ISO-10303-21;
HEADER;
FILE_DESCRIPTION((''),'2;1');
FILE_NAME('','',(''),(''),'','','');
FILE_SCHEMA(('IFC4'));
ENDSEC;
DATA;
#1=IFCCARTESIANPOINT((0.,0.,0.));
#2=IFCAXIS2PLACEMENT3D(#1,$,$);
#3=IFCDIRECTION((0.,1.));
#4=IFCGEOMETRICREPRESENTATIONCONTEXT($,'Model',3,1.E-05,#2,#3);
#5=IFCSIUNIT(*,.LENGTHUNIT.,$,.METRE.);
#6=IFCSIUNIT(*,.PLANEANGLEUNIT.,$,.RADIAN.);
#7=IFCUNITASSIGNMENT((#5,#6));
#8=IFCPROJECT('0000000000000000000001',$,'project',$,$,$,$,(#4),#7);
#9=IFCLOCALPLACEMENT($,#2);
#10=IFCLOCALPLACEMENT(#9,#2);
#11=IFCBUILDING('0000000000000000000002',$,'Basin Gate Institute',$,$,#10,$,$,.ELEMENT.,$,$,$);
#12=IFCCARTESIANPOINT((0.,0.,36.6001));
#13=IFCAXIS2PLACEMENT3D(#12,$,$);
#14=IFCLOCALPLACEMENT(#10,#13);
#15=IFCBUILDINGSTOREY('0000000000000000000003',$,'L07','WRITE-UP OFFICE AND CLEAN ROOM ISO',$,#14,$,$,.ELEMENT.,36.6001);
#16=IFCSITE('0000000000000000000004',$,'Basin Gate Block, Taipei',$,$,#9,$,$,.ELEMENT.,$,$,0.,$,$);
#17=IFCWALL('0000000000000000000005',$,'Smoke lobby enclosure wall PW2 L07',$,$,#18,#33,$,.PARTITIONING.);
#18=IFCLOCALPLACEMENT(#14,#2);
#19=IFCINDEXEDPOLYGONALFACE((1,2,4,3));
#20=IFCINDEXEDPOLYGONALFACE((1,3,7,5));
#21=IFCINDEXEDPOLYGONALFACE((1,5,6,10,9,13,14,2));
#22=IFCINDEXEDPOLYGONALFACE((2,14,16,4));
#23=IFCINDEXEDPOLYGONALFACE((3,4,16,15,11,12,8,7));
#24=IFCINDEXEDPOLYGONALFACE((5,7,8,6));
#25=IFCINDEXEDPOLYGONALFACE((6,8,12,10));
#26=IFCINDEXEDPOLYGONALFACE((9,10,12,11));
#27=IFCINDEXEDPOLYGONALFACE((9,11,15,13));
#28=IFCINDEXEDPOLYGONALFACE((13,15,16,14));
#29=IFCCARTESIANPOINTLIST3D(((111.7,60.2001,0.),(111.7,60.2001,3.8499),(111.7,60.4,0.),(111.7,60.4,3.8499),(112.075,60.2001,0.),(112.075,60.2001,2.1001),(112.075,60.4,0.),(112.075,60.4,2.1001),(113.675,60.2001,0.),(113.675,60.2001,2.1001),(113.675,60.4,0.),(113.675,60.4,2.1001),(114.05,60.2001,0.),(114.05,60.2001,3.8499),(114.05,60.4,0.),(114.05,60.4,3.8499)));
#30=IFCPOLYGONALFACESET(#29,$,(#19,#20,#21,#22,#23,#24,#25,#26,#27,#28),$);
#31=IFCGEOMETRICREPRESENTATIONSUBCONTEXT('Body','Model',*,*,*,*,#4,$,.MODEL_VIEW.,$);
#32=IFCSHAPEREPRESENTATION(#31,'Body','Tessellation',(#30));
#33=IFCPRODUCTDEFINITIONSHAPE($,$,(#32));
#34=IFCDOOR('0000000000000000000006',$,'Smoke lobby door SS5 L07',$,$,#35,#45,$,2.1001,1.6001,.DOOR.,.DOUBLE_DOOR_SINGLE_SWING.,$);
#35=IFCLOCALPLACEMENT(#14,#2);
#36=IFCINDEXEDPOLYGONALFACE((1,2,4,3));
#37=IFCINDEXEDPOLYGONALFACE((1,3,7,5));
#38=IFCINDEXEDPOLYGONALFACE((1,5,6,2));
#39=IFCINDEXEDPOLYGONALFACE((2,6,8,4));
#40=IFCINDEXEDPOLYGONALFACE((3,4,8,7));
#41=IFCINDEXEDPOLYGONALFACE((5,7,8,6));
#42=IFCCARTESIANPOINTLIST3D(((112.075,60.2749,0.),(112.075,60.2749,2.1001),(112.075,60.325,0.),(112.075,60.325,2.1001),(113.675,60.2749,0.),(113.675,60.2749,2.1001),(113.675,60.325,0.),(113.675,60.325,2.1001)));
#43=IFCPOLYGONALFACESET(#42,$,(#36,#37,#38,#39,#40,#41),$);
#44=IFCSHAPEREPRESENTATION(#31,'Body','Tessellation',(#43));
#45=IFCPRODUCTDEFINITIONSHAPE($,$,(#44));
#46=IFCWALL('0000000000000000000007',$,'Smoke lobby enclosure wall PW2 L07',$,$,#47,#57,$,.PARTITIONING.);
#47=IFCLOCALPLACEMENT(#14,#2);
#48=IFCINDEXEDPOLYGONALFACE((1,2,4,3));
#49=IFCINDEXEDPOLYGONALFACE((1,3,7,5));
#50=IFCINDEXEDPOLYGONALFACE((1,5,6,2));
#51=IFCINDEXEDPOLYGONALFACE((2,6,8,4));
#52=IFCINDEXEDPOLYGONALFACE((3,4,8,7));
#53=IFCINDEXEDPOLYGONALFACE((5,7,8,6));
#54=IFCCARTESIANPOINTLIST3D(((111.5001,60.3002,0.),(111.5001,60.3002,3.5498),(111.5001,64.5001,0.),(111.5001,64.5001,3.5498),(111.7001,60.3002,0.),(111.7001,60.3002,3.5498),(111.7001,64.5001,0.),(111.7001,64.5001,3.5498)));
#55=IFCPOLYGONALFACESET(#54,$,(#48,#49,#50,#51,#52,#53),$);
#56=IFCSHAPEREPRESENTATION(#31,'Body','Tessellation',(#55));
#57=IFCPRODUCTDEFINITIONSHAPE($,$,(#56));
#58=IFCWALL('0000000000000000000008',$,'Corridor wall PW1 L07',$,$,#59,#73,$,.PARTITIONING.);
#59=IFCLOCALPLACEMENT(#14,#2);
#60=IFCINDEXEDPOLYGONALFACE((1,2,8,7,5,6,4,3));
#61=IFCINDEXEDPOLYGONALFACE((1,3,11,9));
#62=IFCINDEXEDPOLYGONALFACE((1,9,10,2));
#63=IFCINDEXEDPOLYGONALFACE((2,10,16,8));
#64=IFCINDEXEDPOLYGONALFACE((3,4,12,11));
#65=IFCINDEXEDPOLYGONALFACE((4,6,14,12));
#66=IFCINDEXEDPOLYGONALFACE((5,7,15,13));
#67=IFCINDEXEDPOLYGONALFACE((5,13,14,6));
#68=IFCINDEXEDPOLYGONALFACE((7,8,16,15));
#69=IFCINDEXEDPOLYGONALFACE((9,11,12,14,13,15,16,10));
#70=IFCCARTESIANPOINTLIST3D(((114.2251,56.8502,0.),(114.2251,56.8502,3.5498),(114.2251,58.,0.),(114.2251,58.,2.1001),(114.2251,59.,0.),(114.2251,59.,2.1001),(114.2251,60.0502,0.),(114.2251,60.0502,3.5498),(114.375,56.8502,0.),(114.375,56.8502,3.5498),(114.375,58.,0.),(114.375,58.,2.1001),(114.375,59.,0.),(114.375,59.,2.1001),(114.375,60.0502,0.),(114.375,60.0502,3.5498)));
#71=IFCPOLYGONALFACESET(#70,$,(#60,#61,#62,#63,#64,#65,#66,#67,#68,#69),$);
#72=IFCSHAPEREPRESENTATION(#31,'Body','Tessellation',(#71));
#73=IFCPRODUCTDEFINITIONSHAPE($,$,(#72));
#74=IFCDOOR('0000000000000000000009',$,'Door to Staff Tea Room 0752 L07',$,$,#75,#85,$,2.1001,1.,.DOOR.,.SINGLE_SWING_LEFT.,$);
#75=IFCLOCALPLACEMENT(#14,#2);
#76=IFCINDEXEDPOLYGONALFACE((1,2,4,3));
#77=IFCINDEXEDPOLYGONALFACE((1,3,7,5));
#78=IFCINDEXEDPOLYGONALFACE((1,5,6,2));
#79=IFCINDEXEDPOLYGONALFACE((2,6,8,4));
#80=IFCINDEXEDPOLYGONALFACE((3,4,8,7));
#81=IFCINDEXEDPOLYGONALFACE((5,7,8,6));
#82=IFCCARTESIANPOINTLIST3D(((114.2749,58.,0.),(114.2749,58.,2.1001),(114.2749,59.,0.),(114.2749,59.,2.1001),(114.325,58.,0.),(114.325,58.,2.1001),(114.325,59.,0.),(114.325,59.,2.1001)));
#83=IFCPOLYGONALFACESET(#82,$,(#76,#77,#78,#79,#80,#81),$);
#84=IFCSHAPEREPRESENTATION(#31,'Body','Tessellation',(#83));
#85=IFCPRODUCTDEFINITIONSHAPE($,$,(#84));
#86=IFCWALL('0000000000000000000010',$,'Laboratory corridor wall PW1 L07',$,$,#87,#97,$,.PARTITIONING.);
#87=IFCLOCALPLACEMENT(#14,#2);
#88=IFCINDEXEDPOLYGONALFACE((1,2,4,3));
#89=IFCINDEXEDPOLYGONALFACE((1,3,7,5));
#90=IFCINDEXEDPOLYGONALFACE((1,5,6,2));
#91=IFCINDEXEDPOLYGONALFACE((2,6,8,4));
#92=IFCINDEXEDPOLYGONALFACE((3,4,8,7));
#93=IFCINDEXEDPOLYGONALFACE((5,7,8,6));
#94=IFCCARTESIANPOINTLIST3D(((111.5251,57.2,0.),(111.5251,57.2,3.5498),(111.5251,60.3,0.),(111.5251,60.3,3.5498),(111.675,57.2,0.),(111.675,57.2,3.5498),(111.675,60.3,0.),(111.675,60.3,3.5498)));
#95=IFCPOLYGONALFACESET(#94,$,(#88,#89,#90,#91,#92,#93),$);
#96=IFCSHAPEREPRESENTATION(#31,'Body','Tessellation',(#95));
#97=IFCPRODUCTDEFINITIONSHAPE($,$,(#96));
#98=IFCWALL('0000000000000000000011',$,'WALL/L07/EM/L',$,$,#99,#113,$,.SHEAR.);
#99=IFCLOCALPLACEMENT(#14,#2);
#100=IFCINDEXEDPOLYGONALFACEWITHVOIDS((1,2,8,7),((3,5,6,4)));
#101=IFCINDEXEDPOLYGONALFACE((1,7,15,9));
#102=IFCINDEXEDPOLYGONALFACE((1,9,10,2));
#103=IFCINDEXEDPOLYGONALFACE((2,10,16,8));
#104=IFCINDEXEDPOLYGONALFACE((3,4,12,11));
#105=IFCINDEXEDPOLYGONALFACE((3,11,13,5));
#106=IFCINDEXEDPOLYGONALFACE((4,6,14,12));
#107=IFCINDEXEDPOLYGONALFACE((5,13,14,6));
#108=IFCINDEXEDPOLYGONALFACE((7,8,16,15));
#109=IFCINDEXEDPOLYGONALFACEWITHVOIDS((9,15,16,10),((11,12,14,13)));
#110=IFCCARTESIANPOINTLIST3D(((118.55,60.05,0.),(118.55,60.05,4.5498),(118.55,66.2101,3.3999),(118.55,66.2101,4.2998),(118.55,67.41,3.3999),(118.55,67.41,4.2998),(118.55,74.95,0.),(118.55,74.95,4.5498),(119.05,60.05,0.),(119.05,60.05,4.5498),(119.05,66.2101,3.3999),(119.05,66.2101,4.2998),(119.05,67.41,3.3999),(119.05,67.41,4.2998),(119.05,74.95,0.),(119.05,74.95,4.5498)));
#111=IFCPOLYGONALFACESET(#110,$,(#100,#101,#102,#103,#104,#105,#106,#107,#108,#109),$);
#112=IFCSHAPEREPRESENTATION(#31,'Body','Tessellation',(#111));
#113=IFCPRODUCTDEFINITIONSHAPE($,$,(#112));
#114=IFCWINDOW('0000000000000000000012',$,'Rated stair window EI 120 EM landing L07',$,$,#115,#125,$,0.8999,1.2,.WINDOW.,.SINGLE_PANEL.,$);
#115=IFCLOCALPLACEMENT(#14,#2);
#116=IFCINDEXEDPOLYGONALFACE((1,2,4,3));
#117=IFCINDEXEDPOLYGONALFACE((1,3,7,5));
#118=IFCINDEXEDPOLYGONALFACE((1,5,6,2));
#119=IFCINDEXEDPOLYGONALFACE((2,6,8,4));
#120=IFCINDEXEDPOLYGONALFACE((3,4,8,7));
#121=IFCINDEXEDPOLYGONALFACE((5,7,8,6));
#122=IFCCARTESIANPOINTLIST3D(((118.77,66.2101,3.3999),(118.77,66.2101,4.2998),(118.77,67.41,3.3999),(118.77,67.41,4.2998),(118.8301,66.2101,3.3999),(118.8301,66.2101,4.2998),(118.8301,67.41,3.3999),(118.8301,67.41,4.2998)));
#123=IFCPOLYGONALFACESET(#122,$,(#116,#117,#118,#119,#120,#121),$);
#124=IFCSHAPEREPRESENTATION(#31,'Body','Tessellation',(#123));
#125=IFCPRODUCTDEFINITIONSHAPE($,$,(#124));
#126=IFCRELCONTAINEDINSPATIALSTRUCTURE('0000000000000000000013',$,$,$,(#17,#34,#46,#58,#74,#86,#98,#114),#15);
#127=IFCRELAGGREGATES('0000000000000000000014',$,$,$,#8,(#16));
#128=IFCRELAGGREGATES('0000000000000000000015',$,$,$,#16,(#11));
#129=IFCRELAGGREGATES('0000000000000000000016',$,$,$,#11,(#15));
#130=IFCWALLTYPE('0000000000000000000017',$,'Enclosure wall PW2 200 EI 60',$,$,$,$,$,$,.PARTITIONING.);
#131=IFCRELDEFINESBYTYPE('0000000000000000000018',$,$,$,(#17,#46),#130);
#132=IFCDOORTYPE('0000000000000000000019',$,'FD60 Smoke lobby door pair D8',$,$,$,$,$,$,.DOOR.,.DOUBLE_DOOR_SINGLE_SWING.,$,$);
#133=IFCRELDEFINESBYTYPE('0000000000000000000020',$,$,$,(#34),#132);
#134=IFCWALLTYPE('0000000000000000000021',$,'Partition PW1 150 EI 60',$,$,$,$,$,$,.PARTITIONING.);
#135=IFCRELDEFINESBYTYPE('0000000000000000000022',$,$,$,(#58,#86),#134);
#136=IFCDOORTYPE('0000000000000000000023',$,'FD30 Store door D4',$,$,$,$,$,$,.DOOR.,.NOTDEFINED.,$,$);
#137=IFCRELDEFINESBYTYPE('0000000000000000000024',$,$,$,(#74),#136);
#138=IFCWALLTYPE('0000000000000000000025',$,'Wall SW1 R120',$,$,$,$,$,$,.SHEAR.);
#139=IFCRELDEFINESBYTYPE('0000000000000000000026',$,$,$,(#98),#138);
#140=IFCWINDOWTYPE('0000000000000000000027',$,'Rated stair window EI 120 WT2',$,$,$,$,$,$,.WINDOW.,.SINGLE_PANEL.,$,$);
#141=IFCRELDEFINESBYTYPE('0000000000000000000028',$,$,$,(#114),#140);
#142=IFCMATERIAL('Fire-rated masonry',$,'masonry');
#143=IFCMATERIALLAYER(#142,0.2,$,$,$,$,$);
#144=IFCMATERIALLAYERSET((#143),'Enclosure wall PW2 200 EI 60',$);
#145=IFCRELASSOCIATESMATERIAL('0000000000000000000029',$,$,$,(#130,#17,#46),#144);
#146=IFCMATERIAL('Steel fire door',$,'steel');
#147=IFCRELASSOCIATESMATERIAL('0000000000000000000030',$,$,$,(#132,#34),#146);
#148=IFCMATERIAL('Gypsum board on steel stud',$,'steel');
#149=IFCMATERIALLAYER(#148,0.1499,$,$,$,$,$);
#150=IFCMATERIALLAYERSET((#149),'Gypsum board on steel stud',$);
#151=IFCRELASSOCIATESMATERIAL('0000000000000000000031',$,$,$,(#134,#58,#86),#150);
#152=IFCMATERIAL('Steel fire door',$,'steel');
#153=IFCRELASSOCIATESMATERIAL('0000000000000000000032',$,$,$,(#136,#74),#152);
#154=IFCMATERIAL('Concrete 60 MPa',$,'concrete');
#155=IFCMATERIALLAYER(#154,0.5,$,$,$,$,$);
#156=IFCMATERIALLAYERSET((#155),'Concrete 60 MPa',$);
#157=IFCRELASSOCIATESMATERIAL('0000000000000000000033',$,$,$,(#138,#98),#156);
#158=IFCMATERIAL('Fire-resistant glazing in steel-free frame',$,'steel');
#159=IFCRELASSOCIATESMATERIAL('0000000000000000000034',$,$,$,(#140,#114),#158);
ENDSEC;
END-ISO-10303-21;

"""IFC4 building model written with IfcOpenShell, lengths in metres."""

from ifc_helpers import new_model, si_unit, direction, frame, frame_2d, origin, place, context, subcontext, project, spatial, rectangle, extrude, material, layer, layer_set, type_object, element, fill, save


model = new_model("IFC4")

# Units and contexts
model_context = context("Model", 3, precision=1e-05, world=origin(), true_north=direction((0.0, 1.0)))
body_context = subcontext(model_context, "Body", "Model", "MODEL_VIEW")
ifc_project = project(units=[si_unit("LENGTHUNIT", "METRE"), si_unit("PLANEANGLEUNIT", "RADIAN")], contexts=[model_context])

# Site, building, storey
site_placement = place(None, origin())
site = spatial("IfcSite", under=ifc_project, at=site_placement, Name="Basin Gate Block, Taipei", CompositionType="ELEMENT", RefElevation=0.0)
building_placement = place(site_placement, origin())
building = spatial("IfcBuilding", under=site, at=building_placement, Name="Basin Gate Institute", CompositionType="ELEMENT")
storey_placement = place(building_placement, frame((0.0, 0.0, 36.6001)))
storey = spatial("IfcBuildingStorey", under=building, at=storey_placement, Name="L07", Description="WRITE-UP OFFICE AND CLEAN ROOM ISO", CompositionType="ELEMENT", Elevation=36.6001)

# Wall, opening, door
ifc_material_1 = material(Name="Fire-rated masonry", Category="masonry")
ifc_layer_1 = layer(ifc_material_1, 0.2)
ifc_layer_set_1 = layer_set([ifc_layer_1], Name="Enclosure wall PW2 200 EI 60")
wall_type_1 = type_object("IfcWallType", Name="Enclosure wall PW2 200 EI 60", PredefinedType="PARTITIONING", material=ifc_layer_set_1)
wall_1_placement = place(storey_placement, frame((114.05, 60.3, 0.0), z_axis=(0.0, 0.0, 1.0), x_axis=(-1.0, 0.0, 0.0)))
wall_1 = element("IfcWall", 1, at=wall_1_placement, inside=storey, type_object=wall_type_1, material=ifc_layer_set_1, Name="Smoke lobby enclosure wall PW2 L07", PredefinedType="PARTITIONING", context=body_context, shape_type="SweptSolid", body=[
    extrude(rectangle(XDim=2.3501, YDim=0.2, at=frame_2d((1.175, 0.0))), origin(), (0.0, 0.0, 1.0), 3.8499),
])
opening_1_placement = place(wall_1_placement, frame((0.375, 0.0, 0.0)))
opening_1 = element("IfcOpeningElement", 2, at=opening_1_placement, cuts=wall_1, PredefinedType="OPENING", context=body_context, shape_type="SweptSolid", body=[
    extrude(rectangle(XDim=1.6001, YDim=2.1001, at=frame_2d((0.8, 1.05))), frame((0.0, 0.1099, 0.0), z_axis=(0.0, -1.0, 0.0), x_axis=(1.0, 0.0, 0.0)), (0.0, 0.0, 1.0), 0.22),
])
ifc_material_2 = material(Name="Steel fire door", Category="steel")
door_type_1 = type_object("IfcDoorType", Name="FD60 Smoke lobby door pair D8", OperationType="DOUBLE_DOOR_SINGLE_SWING", PredefinedType="DOOR", material=ifc_material_2)
door_1_placement = place(opening_1_placement, frame((1.6001, 0.0, 0.0), z_axis=(0.0, 0.0, 1.0), x_axis=(-1.0, 0.0, 0.0)))
door_1 = element("IfcDoor", 3, at=door_1_placement, inside=storey, type_object=door_type_1, material=ifc_material_2, Name="Smoke lobby door SS5 L07", OperationType="DOUBLE_DOOR_SINGLE_SWING", OverallHeight=2.1001, OverallWidth=1.6001, PredefinedType="DOOR", context=body_context, shape_type="SweptSolid", body=[
    extrude(rectangle(XDim=1.6001, YDim=2.1001, at=frame_2d((0.8, 1.05))), frame((0.0, 0.0249, 0.0), z_axis=(0.0, -1.0, 0.0), x_axis=(1.0, 0.0, 0.0)), (0.0, 0.0, 1.0), 0.05),
])
fill(opening_1, door_1)

# Wall
wall_2_placement = place(storey_placement, frame((111.6001, 60.3, 0.0), z_axis=(0.0, 0.0, 1.0), x_axis=(0.0, 1.0, 0.0)))
element("IfcWall", 4, at=wall_2_placement, inside=storey, type_object=wall_type_1, material=ifc_layer_set_1, Name="Smoke lobby enclosure wall PW2 L07", PredefinedType="PARTITIONING", context=body_context, shape_type="SweptSolid", body=[
    extrude(rectangle(XDim=4.2, YDim=0.2, at=frame_2d((2.1001, 0.0))), origin(), (0.0, 0.0, 1.0), 3.5498),
])

# Wall, opening, door
ifc_material_3 = material(Name="Gypsum board on steel stud", Category="steel")
ifc_layer_2 = layer(ifc_material_3, 0.1499)
ifc_layer_set_2 = layer_set([ifc_layer_2], Name="Gypsum board on steel stud")
wall_type_2 = type_object("IfcWallType", Name="Partition PW1 150 EI 60", PredefinedType="PARTITIONING", material=ifc_layer_set_2)
wall_3_placement = place(storey_placement, frame((114.3, 56.8501, 0.0), z_axis=(0.0, 0.0, 1.0), x_axis=(0.0, 1.0, 0.0)))
wall_3 = element("IfcWall", 5, at=wall_3_placement, inside=storey, type_object=wall_type_2, material=ifc_layer_set_2, Name="Corridor wall PW1 L07", PredefinedType="PARTITIONING", context=body_context, shape_type="SweptSolid", body=[
    extrude(rectangle(XDim=3.2, YDim=0.1499, at=frame_2d((1.6001, 0.0))), origin(), (0.0, 0.0, 1.0), 3.5498),
])
opening_2_placement = place(wall_3_placement, frame((1.1499, 0.0, 0.0)))
opening_2 = element("IfcOpeningElement", 6, at=opening_2_placement, cuts=wall_3, PredefinedType="OPENING", context=body_context, shape_type="SweptSolid", body=[
    extrude(rectangle(XDim=1.0, YDim=2.1001, at=frame_2d((0.5, 1.05))), frame((0.0, 0.085, 0.0), z_axis=(0.0, -1.0, 0.0), x_axis=(1.0, 0.0, 0.0)), (0.0, 0.0, 1.0), 0.1699),
])
ifc_material_4 = material(Name="Steel fire door", Category="steel")
door_type_2 = type_object("IfcDoorType", Name="FD30 Store door D4", OperationType="NOTDEFINED", PredefinedType="DOOR", material=ifc_material_4)
door_2_placement = place(opening_2_placement, frame((1.0, 0.0, 0.0), z_axis=(0.0, 0.0, 1.0), x_axis=(-1.0, 0.0, 0.0)))
door_2 = element("IfcDoor", 7, at=door_2_placement, inside=storey, type_object=door_type_2, material=ifc_material_4, Name="Door to Staff Tea Room 0752 L07", OperationType="SINGLE_SWING_LEFT", OverallHeight=2.1001, OverallWidth=1.0, PredefinedType="DOOR", context=body_context, shape_type="SweptSolid", body=[
    extrude(rectangle(XDim=1.0, YDim=2.1001, at=frame_2d((0.5, 1.05))), frame((0.0, 0.0249, 0.0), z_axis=(0.0, -1.0, 0.0), x_axis=(1.0, 0.0, 0.0)), (0.0, 0.0, 1.0), 0.05),
])
fill(opening_2, door_2)

# Wall
wall_4_placement = place(storey_placement, frame((111.6001, 57.2, 0.0), z_axis=(0.0, 0.0, 1.0), x_axis=(0.0, 1.0, 0.0)))
element("IfcWall", 8, at=wall_4_placement, inside=storey, type_object=wall_type_2, material=ifc_layer_set_2, Name="Laboratory corridor wall PW1 L07", PredefinedType="PARTITIONING", context=body_context, shape_type="SweptSolid", body=[
    extrude(rectangle(XDim=3.1001, YDim=0.1499, at=frame_2d((1.55, 0.0))), origin(), (0.0, 0.0, 1.0), 3.5498),
])

# Wall, opening, window
ifc_material_5 = material(Name="Concrete 60 MPa", Category="concrete")
ifc_layer_3 = layer(ifc_material_5, 0.5)
ifc_layer_set_3 = layer_set([ifc_layer_3], Name="Concrete 60 MPa")
wall_type_3 = type_object("IfcWallType", Name="Wall SW1 R120", PredefinedType="SHEAR", material=ifc_layer_set_3)
wall_5_placement = place(storey_placement, frame((118.8, 60.05, 0.0), z_axis=(0.0, 0.0, 1.0), x_axis=(0.0, 1.0, 0.0)))
wall_5 = element("IfcWall", 9, at=wall_5_placement, inside=storey, type_object=wall_type_3, material=ifc_layer_set_3, Name="WALL/L07/EM/L", PredefinedType="SHEAR", context=body_context, shape_type="SweptSolid", body=[
    extrude(rectangle(XDim=14.8999, YDim=0.5, at=frame_2d((7.45, 0.0))), origin(), (0.0, 0.0, 1.0), 4.5498),
])
opening_3_placement = place(wall_5_placement, frame((6.1599, 0.0, 3.3999)))
opening_3 = element("IfcOpeningElement", 10, at=opening_3_placement, cuts=wall_5, PredefinedType="OPENING", context=body_context, shape_type="SweptSolid", body=[
    extrude(rectangle(XDim=1.2, YDim=0.8999, at=frame_2d((0.6001, 0.45))), frame((0.0, 0.26, 0.0), z_axis=(0.0, -1.0, 0.0), x_axis=(1.0, 0.0, 0.0)), (0.0, 0.0, 1.0), 0.52),
])
ifc_material_6 = material(Name="Fire-resistant glazing in steel-free frame", Category="steel")
window_type = type_object("IfcWindowType", Name="Rated stair window EI 120 WT2", PartitioningType="SINGLE_PANEL", PredefinedType="WINDOW", material=ifc_material_6)
window_placement = place(opening_3_placement, origin())
window = element("IfcWindow", 11, at=window_placement, inside=storey, type_object=window_type, material=ifc_material_6, Name="Rated stair window EI 120 EM landing L07", OverallHeight=0.8999, OverallWidth=1.2, PartitioningType="SINGLE_PANEL", PredefinedType="WINDOW", context=body_context, shape_type="SweptSolid", body=[
    extrude(rectangle(XDim=1.2, YDim=0.8999, at=frame_2d((0.6001, 0.45))), frame((0.0, 0.03, 0.0), z_axis=(0.0, -1.0, 0.0), x_axis=(1.0, 0.0, 0.0)), (0.0, 0.0, 1.0), 0.0601),
])
fill(opening_3, window)

save(model, "model.ifc")
